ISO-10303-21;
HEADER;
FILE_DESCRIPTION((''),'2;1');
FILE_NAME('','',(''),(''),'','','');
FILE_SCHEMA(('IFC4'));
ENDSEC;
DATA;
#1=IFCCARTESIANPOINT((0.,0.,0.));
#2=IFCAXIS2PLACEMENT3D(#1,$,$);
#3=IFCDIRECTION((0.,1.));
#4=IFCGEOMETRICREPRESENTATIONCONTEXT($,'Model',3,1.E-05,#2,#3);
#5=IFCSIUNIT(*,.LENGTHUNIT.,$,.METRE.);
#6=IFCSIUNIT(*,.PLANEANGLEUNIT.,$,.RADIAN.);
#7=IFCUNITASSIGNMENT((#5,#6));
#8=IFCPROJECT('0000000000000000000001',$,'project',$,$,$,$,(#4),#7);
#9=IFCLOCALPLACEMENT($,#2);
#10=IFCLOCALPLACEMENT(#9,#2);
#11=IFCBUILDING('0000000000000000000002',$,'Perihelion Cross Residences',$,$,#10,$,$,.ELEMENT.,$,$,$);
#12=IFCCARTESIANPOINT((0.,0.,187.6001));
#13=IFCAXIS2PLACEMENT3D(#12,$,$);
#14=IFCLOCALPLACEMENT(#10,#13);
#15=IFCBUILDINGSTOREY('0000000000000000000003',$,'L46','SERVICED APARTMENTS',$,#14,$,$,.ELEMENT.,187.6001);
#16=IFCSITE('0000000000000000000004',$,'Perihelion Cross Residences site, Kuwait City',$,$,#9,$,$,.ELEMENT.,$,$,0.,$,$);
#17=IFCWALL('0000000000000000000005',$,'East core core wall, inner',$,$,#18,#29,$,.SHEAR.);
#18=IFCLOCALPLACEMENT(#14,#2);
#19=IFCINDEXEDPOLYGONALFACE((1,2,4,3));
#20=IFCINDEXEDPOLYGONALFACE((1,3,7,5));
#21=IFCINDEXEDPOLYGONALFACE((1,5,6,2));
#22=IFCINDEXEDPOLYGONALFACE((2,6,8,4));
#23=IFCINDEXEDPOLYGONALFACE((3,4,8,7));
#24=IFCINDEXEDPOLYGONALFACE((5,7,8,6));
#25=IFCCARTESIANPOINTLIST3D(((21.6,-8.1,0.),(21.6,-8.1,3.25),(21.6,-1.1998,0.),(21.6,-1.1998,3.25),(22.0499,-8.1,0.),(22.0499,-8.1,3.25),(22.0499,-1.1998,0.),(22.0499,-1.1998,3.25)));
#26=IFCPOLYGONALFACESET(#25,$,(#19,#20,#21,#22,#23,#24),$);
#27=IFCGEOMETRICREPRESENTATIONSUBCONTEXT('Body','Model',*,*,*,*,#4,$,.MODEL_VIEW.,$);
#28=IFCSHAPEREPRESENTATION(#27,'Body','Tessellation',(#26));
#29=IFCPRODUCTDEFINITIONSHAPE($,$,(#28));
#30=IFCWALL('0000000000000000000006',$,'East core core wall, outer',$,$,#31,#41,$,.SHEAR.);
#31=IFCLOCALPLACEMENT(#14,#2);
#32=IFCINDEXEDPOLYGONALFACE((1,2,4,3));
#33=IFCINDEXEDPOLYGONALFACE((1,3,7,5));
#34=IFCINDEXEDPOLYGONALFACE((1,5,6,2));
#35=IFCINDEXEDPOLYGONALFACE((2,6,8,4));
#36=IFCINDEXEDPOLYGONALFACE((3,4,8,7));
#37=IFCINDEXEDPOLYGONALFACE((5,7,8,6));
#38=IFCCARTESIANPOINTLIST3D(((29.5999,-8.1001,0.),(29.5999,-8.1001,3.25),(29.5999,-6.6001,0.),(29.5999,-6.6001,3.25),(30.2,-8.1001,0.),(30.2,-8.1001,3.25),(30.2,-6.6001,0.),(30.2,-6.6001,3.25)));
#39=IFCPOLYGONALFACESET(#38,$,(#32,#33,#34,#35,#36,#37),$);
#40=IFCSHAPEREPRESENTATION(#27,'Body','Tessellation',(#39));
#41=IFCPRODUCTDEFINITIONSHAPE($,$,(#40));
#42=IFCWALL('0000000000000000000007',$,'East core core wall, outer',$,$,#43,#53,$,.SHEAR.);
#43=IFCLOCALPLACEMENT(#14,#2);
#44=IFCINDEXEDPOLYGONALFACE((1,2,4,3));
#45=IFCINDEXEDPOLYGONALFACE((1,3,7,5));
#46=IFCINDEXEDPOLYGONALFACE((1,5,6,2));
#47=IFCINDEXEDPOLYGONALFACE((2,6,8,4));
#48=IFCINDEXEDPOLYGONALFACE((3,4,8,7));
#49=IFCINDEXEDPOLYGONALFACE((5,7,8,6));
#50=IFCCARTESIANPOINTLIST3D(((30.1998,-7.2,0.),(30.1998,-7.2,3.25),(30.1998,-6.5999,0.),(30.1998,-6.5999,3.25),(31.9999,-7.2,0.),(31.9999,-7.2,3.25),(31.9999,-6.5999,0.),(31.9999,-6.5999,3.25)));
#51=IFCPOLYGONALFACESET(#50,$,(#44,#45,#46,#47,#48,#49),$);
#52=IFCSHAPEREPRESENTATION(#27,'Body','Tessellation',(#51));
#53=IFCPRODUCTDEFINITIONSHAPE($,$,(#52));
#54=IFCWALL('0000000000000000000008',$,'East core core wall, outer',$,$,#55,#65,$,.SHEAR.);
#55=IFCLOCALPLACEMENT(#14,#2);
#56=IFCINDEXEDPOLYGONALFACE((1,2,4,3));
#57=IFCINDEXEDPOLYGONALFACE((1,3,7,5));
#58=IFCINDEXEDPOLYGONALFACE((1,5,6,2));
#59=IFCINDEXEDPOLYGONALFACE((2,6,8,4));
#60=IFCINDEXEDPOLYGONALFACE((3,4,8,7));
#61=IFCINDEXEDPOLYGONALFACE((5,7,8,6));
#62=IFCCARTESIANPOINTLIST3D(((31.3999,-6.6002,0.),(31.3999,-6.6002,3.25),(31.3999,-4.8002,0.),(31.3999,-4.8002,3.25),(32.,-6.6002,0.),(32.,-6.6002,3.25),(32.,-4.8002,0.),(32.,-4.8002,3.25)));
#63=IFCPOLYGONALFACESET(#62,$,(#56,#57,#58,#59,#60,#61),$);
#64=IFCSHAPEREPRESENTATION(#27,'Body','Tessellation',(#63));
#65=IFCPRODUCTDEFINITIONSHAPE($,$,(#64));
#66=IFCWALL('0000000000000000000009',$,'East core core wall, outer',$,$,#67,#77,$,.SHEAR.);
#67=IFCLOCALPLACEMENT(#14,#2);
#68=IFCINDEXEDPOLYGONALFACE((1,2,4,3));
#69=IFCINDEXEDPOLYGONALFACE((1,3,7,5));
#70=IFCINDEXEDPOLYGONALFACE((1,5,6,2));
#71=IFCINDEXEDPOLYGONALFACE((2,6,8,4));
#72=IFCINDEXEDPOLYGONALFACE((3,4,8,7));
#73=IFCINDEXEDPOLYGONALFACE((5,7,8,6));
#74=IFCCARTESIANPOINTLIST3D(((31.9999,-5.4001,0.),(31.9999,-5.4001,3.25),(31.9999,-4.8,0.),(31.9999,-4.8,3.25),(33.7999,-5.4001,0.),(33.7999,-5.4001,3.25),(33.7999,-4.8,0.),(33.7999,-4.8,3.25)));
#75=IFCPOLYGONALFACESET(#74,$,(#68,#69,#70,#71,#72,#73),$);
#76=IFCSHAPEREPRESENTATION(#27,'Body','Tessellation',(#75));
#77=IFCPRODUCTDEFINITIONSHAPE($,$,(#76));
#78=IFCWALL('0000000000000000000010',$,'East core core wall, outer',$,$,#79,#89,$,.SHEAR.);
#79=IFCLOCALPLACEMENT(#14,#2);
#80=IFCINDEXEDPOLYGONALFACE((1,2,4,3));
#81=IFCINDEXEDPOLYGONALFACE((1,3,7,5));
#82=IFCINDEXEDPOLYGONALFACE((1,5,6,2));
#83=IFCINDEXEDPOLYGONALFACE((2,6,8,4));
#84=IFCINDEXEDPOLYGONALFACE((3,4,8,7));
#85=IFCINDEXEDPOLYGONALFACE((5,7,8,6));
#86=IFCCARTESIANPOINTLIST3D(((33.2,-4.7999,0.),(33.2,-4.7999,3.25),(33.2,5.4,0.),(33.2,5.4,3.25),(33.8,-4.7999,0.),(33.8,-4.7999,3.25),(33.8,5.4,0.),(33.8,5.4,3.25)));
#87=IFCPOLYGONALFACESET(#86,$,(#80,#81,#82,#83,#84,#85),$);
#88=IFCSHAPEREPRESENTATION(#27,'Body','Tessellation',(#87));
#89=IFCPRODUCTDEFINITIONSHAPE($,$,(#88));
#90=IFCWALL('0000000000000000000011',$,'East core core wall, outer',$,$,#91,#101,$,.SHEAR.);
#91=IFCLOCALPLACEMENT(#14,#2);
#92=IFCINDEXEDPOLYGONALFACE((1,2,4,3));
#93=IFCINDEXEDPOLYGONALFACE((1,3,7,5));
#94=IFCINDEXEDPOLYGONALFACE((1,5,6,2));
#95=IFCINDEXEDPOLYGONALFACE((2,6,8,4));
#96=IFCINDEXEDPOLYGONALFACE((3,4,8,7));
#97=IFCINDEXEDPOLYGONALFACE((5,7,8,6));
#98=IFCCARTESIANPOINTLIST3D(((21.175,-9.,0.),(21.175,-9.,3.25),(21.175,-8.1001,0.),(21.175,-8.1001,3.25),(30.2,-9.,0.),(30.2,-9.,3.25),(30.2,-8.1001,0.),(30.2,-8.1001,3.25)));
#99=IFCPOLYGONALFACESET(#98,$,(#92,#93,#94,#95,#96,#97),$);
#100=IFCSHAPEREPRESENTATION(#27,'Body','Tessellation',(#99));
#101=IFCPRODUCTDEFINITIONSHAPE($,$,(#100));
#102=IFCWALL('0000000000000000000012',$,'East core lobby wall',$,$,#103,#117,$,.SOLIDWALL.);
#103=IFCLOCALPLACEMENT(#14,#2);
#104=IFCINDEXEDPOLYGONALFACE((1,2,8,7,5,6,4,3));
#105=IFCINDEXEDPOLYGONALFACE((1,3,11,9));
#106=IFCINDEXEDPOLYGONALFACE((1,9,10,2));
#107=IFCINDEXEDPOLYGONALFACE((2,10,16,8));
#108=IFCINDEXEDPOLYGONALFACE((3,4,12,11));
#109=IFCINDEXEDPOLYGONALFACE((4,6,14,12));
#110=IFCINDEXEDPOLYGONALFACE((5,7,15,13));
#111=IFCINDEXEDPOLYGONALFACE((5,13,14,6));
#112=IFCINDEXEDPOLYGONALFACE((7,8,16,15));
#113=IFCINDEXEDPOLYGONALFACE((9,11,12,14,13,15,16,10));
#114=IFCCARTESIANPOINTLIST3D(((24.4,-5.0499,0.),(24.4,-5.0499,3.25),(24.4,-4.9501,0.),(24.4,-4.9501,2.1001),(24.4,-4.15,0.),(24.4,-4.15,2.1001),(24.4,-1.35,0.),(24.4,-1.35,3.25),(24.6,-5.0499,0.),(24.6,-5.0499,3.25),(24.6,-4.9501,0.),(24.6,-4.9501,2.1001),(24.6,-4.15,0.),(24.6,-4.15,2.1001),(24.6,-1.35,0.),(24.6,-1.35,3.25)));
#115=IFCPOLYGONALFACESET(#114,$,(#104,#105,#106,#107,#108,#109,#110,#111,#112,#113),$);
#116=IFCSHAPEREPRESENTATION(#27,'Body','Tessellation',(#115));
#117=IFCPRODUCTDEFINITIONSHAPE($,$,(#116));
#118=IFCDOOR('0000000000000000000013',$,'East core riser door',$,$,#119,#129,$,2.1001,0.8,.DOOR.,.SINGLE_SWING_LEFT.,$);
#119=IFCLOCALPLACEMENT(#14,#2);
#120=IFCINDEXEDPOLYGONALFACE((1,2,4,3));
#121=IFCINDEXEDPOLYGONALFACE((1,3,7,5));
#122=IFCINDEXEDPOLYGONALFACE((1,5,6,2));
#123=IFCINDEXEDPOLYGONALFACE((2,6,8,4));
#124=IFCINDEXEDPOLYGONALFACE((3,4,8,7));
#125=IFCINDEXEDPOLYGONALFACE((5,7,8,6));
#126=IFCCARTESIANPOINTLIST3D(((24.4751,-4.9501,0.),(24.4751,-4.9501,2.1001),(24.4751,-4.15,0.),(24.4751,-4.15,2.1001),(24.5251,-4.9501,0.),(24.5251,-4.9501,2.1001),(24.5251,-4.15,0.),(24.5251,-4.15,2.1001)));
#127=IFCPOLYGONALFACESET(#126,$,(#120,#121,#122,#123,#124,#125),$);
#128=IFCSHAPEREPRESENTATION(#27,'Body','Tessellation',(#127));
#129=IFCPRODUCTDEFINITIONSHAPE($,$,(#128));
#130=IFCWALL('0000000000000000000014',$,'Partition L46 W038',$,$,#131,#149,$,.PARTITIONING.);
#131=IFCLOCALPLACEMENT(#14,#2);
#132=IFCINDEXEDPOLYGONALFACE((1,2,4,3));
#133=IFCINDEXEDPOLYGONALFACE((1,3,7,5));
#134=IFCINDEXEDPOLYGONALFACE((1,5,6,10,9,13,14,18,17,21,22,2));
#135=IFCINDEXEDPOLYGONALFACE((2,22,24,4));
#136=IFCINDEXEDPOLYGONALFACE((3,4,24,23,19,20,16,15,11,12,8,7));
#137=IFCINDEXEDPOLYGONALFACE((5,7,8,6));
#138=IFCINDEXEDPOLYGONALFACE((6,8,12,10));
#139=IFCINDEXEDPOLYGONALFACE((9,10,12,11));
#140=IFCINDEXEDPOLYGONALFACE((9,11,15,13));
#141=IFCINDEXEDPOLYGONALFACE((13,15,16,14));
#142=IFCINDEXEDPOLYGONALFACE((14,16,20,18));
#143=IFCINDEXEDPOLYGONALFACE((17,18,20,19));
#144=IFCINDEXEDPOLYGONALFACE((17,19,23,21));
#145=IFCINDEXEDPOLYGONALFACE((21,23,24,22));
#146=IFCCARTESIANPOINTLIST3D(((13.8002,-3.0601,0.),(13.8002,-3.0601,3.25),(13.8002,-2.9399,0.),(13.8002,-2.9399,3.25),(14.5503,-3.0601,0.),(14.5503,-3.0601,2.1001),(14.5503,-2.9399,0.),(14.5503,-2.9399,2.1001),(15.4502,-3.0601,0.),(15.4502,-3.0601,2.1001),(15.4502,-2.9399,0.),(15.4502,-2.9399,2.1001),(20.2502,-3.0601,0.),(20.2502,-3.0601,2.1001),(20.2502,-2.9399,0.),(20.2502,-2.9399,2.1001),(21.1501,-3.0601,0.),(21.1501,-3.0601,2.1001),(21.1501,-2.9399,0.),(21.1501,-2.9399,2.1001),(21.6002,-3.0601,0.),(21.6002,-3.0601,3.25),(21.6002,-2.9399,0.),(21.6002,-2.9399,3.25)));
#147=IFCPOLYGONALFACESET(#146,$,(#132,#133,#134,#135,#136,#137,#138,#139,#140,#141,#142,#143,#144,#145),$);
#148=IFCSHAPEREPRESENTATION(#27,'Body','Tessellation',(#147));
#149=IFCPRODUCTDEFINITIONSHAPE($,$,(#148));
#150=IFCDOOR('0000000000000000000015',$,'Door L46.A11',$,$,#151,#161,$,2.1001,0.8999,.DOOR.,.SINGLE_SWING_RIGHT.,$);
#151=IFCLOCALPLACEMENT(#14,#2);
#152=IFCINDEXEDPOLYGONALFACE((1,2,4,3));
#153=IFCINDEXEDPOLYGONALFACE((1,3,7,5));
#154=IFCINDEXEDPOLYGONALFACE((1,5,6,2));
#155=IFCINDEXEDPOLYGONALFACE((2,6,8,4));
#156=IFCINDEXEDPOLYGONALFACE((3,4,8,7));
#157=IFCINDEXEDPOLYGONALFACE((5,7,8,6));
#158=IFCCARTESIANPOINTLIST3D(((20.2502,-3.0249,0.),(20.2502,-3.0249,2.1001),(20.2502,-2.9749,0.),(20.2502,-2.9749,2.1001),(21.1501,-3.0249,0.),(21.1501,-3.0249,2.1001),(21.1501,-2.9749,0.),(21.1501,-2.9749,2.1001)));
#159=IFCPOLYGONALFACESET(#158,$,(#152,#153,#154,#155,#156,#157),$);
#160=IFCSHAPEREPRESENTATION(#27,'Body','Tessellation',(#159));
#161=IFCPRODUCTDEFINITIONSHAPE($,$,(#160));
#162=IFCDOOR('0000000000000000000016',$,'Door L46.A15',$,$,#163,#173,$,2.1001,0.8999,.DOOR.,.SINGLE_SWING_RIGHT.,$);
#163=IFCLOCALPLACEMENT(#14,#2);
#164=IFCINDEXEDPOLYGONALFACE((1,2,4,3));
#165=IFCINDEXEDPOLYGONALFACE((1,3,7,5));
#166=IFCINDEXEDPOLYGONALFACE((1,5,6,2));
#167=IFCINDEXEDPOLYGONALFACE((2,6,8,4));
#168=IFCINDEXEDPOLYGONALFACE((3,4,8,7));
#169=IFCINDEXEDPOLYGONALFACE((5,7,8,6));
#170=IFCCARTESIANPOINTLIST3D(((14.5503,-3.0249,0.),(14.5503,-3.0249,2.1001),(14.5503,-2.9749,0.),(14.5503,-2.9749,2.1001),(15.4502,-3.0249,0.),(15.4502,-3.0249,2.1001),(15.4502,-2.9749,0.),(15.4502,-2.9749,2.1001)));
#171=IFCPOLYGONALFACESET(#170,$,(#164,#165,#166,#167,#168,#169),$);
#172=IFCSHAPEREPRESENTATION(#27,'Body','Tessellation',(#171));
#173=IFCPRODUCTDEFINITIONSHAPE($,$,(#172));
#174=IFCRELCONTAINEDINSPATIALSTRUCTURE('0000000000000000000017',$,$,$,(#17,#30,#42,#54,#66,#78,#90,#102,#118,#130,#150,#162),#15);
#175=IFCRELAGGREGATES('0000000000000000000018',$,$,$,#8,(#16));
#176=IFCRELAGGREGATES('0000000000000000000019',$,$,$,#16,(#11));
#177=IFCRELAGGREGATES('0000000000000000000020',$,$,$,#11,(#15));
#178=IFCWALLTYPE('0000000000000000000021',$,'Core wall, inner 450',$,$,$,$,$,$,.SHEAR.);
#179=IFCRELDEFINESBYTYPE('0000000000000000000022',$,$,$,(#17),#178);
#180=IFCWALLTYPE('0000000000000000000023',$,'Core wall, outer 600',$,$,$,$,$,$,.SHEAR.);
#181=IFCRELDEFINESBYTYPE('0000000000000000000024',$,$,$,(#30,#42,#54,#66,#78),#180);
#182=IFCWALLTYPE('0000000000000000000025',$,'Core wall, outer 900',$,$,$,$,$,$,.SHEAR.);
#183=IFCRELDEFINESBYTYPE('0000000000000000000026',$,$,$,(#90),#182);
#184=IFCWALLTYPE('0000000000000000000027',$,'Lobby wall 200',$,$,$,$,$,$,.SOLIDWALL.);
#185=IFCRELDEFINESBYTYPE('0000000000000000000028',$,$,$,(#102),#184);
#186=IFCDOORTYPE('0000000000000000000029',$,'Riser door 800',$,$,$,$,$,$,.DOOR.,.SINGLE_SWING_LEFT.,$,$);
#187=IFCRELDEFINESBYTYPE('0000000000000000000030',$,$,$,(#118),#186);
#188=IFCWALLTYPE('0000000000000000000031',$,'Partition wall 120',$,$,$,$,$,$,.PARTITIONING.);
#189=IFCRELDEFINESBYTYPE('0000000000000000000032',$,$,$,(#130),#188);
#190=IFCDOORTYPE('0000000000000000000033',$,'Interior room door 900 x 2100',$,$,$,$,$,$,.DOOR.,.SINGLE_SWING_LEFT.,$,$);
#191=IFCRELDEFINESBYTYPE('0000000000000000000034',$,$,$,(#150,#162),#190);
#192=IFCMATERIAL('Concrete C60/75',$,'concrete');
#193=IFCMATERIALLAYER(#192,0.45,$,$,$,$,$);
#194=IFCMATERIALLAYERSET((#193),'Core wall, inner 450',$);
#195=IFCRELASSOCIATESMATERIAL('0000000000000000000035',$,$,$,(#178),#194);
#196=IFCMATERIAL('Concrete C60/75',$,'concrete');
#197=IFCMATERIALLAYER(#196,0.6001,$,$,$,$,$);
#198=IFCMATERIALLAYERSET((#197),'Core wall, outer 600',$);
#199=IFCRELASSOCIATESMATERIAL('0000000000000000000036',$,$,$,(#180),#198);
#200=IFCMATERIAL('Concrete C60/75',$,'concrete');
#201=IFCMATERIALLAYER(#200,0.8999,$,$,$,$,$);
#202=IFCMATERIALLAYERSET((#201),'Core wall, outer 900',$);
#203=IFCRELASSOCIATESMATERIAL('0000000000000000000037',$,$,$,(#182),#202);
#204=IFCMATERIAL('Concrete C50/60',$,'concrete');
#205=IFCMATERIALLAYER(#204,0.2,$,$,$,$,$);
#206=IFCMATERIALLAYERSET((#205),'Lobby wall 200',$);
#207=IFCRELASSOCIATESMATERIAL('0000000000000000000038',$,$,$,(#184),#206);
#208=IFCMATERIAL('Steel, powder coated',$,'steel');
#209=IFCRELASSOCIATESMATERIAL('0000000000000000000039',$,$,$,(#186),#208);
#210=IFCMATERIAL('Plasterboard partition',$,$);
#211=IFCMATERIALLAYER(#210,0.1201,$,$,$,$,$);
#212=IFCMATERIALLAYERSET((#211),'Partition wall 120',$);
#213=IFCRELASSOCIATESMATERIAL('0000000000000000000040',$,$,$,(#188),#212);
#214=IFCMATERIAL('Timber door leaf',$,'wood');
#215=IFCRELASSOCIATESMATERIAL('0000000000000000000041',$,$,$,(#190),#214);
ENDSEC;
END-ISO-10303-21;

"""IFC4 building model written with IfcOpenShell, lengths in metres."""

from ifc_helpers import new_model, si_unit, direction, frame, frame_2d, origin, place, context, subcontext, project, spatial, rectangle, extrude, material, layer, layer_set, type_object, element, fill, save


model = new_model("IFC4")

# Units and contexts
model_context = context("Model", 3, precision=1e-05, world=origin(), true_north=direction((0.0, 1.0)))
body_context = subcontext(model_context, "Body", "Model", "MODEL_VIEW")
ifc_project = project(units=[si_unit("LENGTHUNIT", "METRE"), si_unit("PLANEANGLEUNIT", "RADIAN")], contexts=[model_context])

# Site, building, storey
site_placement = place(None, origin())
site = spatial("IfcSite", under=ifc_project, at=site_placement, Name="Perihelion Cross Residences site, Kuwait City", CompositionType="ELEMENT", RefElevation=0.0)
building_placement = place(site_placement, origin())
building = spatial("IfcBuilding", under=site, at=building_placement, Name="Perihelion Cross Residences", CompositionType="ELEMENT")
storey_placement = place(building_placement, frame((0.0, 0.0, 187.6001)))
storey = spatial("IfcBuildingStorey", under=building, at=storey_placement, Name="L46", Description="SERVICED APARTMENTS", CompositionType="ELEMENT", Elevation=187.6001)

# Walls
ifc_material_1 = material(Name="Concrete C60/75", Category="concrete")
ifc_layer_1 = layer(ifc_material_1, 0.45)
ifc_layer_set_1 = layer_set([ifc_layer_1], Name="Core wall, inner 450")
wall_type_1 = type_object("IfcWallType", Name="Core wall, inner 450", PredefinedType="SHEAR", material=ifc_layer_set_1)
wall_1_placement = place(storey_placement, frame((21.825, -8.1001, 0.0), z_axis=(0.0, 0.0, 1.0), x_axis=(0.0, 1.0, 0.0)))
element("IfcWall", 1, at=wall_1_placement, inside=storey, type_object=wall_type_1, Name="East core core wall, inner", PredefinedType="SHEAR", context=body_context, shape_type="SweptSolid", body=[
    extrude(rectangle(XDim=6.9001, YDim=0.45, at=frame_2d((3.4502, 0.0))), origin(), (0.0, 0.0, 1.0), 3.25),
])
ifc_material_2 = material(Name="Concrete C60/75", Category="concrete")
ifc_layer_2 = layer(ifc_material_2, 0.6001)
ifc_layer_set_2 = layer_set([ifc_layer_2], Name="Core wall, outer 600")
wall_type_2 = type_object("IfcWallType", Name="Core wall, outer 600", PredefinedType="SHEAR", material=ifc_layer_set_2)
wall_2_placement = place(storey_placement, frame((29.8999, -8.1001, 0.0), z_axis=(0.0, 0.0, 1.0), x_axis=(0.0, 1.0, 0.0)))
element("IfcWall", 2, at=wall_2_placement, inside=storey, type_object=wall_type_2, Name="East core core wall, outer", PredefinedType="SHEAR", context=body_context, shape_type="SweptSolid", body=[
    extrude(rectangle(XDim=1.5, YDim=0.6001, at=frame_2d((0.75, 0.0))), origin(), (0.0, 0.0, 1.0), 3.25),
])
for number, where, z_axis, x_axis, name in (
    (3, (30.2, -6.8999, 0.0), (0.0, 0.0, 1.0), (1.0, 0.0, 0.0), "East core core wall, outer"),
    (4, (31.7, -6.6001, 0.0), (0.0, 0.0, 1.0), (0.0, 1.0, 0.0), "East core core wall, outer"),
    (5, (32.0, -5.1001, 0.0), (0.0, 0.0, 1.0), (1.0, 0.0, 0.0), "East core core wall, outer"),
):
    element("IfcWall", number, at=place(storey_placement, frame(where, z_axis=z_axis, x_axis=x_axis)), inside=storey, type_object=wall_type_2, Name=name, PredefinedType="SHEAR", context=body_context, shape_type="SweptSolid", body=[
        extrude(rectangle(XDim=1.8, YDim=0.6001, at=frame_2d((0.8999, 0.0))), origin(), (0.0, 0.0, 1.0), 3.25),
    ])
wall_3_placement = place(storey_placement, frame((33.5, -4.8, 0.0), z_axis=(0.0, 0.0, 1.0), x_axis=(0.0, 1.0, 0.0)))
element("IfcWall", 6, at=wall_3_placement, inside=storey, type_object=wall_type_2, Name="East core core wall, outer", PredefinedType="SHEAR", context=body_context, shape_type="SweptSolid", body=[
    extrude(rectangle(XDim=10.2, YDim=0.6001, at=frame_2d((5.1001, 0.0))), origin(), (0.0, 0.0, 1.0), 3.25),
])
ifc_material_3 = material(Name="Concrete C60/75", Category="concrete")
ifc_layer_3 = layer(ifc_material_3, 0.8999)
ifc_layer_set_3 = layer_set([ifc_layer_3], Name="Core wall, outer 900")
wall_type_3 = type_object("IfcWallType", Name="Core wall, outer 900", PredefinedType="SHEAR", material=ifc_layer_set_3)
wall_4_placement = place(storey_placement, frame((21.175, -8.55, 0.0), z_axis=(0.0, 0.0, 1.0), x_axis=(1.0, 0.0, 0.0)))
element("IfcWall", 7, at=wall_4_placement, inside=storey, type_object=wall_type_3, Name="East core core wall, outer", PredefinedType="SHEAR", context=body_context, shape_type="SweptSolid", body=[
    extrude(rectangle(XDim=9.0249, YDim=0.8999, at=frame_2d((4.5125, 0.0))), origin(), (0.0, 0.0, 1.0), 3.25),
])

# Wall, opening, door
ifc_material_4 = material(Name="Concrete C50/60", Category="concrete")
ifc_layer_4 = layer(ifc_material_4, 0.2)
ifc_layer_set_4 = layer_set([ifc_layer_4], Name="Lobby wall 200")
wall_type_4 = type_object("IfcWallType", Name="Lobby wall 200", PredefinedType="SOLIDWALL", material=ifc_layer_set_4)
wall_5_placement = place(storey_placement, frame((24.5, -5.05, 0.0), z_axis=(0.0, 0.0, 1.0), x_axis=(0.0, 1.0, 0.0)))
wall_5 = element("IfcWall", 8, at=wall_5_placement, inside=storey, type_object=wall_type_4, Name="East core lobby wall", PredefinedType="SOLIDWALL", context=body_context, shape_type="SweptSolid", body=[
    extrude(rectangle(XDim=3.7, YDim=0.2, at=frame_2d((1.8501, 0.0))), origin(), (0.0, 0.0, 1.0), 3.25),
])
opening_1_placement = place(wall_5_placement, frame((0.1001, 0.0, 0.0)))
opening_1 = element("IfcOpeningElement", 9, at=opening_1_placement, cuts=wall_5, PredefinedType="OPENING", context=body_context, shape_type="SweptSolid", body=[
    extrude(rectangle(XDim=0.8, YDim=2.1001, at=frame_2d((0.3999, 1.05))), frame((0.0, 0.1099, 0.0), z_axis=(0.0, -1.0, 0.0), x_axis=(1.0, 0.0, 0.0)), (0.0, 0.0, 1.0), 0.22),
])
ifc_material_5 = material(Name="Steel, powder coated", Category="steel")
door_type_1 = type_object("IfcDoorType", Name="Riser door 800", OperationType="SINGLE_SWING_LEFT", PredefinedType="DOOR", material=ifc_material_5)
door_1_placement = place(opening_1_placement, origin())
door_1 = element("IfcDoor", 10, at=door_1_placement, inside=storey, type_object=door_type_1, Name="East core riser door", OperationType="SINGLE_SWING_LEFT", OverallHeight=2.1001, OverallWidth=0.8, PredefinedType="DOOR", context=body_context, shape_type="SweptSolid", body=[
    extrude(rectangle(XDim=0.8, YDim=2.1001, at=frame_2d((0.3999, 1.05))), frame((0.0, 0.0249, 0.0), z_axis=(0.0, -1.0, 0.0), x_axis=(1.0, 0.0, 0.0)), (0.0, 0.0, 1.0), 0.05),
])
fill(opening_1, door_1)

# Wall, openings, doors
ifc_material_6 = material(Name="Plasterboard partition")
ifc_layer_5 = layer(ifc_material_6, 0.1201)
ifc_layer_set_5 = layer_set([ifc_layer_5], Name="Partition wall 120")
wall_type_5 = type_object("IfcWallType", Name="Partition wall 120", PredefinedType="PARTITIONING", material=ifc_layer_set_5)
wall_6_placement = place(storey_placement, frame((21.6001, -3.0, 0.0), z_axis=(0.0, 0.0, 1.0), x_axis=(-1.0, 0.0, 0.0)))
wall_6 = element("IfcWall", 11, at=wall_6_placement, inside=storey, type_object=wall_type_5, Name="Partition L46 W038", PredefinedType="PARTITIONING", context=body_context, shape_type="SweptSolid", body=[
    extrude(rectangle(XDim=7.8, YDim=0.1201, at=frame_2d((3.8999, 0.0))), origin(), (0.0, 0.0, 1.0), 3.25),
])
opening_2_placement = place(wall_6_placement, frame((0.45, 0.0, 0.0)))
opening_2 = element("IfcOpeningElement", 12, at=opening_2_placement, cuts=wall_6, PredefinedType="OPENING", context=body_context, shape_type="SweptSolid", body=[
    extrude(rectangle(XDim=0.8999, YDim=2.1001, at=frame_2d((0.45, 1.05))), frame((0.0, 0.0701, 0.0), z_axis=(0.0, -1.0, 0.0), x_axis=(1.0, 0.0, 0.0)), (0.0, 0.0, 1.0), 0.1401),
])
opening_3_placement = place(wall_6_placement, frame((6.1499, 0.0, 0.0)))
opening_3 = element("IfcOpeningElement", 13, at=opening_3_placement, cuts=wall_6, PredefinedType="OPENING", context=body_context, shape_type="SweptSolid", body=[
    extrude(rectangle(XDim=0.8999, YDim=2.1001, at=frame_2d((0.45, 1.05))), frame((0.0, 0.0701, 0.0), z_axis=(0.0, -1.0, 0.0), x_axis=(1.0, 0.0, 0.0)), (0.0, 0.0, 1.0), 0.1401),
])
ifc_material_7 = material(Name="Timber door leaf", Category="wood")
door_type_2 = type_object("IfcDoorType", Name="Interior room door 900 x 2100", OperationType="SINGLE_SWING_LEFT", PredefinedType="DOOR", material=ifc_material_7)
door_2_placement = place(opening_2_placement, origin())
door_2 = element("IfcDoor", 14, at=door_2_placement, inside=storey, type_object=door_type_2, Name="Door L46.A11", OperationType="SINGLE_SWING_RIGHT", OverallHeight=2.1001, OverallWidth=0.8999, PredefinedType="DOOR", context=body_context, shape_type="SweptSolid", body=[
    extrude(rectangle(XDim=0.8999, YDim=2.1001, at=frame_2d((0.45, 1.05))), frame((0.0, 0.0249, 0.0), z_axis=(0.0, -1.0, 0.0), x_axis=(1.0, 0.0, 0.0)), (0.0, 0.0, 1.0), 0.05),
])
fill(opening_2, door_2)
door_3_placement = place(opening_3_placement, origin())
door_3 = element("IfcDoor", 15, at=door_3_placement, inside=storey, type_object=door_type_2, Name="Door L46.A15", OperationType="SINGLE_SWING_RIGHT", OverallHeight=2.1001, OverallWidth=0.8999, PredefinedType="DOOR", context=body_context, shape_type="SweptSolid", body=[
    extrude(rectangle(XDim=0.8999, YDim=2.1001, at=frame_2d((0.45, 1.05))), frame((0.0, 0.0249, 0.0), z_axis=(0.0, -1.0, 0.0), x_axis=(1.0, 0.0, 0.0)), (0.0, 0.0, 1.0), 0.05),
])
fill(opening_3, door_3)

save(model, "model.ifc")
